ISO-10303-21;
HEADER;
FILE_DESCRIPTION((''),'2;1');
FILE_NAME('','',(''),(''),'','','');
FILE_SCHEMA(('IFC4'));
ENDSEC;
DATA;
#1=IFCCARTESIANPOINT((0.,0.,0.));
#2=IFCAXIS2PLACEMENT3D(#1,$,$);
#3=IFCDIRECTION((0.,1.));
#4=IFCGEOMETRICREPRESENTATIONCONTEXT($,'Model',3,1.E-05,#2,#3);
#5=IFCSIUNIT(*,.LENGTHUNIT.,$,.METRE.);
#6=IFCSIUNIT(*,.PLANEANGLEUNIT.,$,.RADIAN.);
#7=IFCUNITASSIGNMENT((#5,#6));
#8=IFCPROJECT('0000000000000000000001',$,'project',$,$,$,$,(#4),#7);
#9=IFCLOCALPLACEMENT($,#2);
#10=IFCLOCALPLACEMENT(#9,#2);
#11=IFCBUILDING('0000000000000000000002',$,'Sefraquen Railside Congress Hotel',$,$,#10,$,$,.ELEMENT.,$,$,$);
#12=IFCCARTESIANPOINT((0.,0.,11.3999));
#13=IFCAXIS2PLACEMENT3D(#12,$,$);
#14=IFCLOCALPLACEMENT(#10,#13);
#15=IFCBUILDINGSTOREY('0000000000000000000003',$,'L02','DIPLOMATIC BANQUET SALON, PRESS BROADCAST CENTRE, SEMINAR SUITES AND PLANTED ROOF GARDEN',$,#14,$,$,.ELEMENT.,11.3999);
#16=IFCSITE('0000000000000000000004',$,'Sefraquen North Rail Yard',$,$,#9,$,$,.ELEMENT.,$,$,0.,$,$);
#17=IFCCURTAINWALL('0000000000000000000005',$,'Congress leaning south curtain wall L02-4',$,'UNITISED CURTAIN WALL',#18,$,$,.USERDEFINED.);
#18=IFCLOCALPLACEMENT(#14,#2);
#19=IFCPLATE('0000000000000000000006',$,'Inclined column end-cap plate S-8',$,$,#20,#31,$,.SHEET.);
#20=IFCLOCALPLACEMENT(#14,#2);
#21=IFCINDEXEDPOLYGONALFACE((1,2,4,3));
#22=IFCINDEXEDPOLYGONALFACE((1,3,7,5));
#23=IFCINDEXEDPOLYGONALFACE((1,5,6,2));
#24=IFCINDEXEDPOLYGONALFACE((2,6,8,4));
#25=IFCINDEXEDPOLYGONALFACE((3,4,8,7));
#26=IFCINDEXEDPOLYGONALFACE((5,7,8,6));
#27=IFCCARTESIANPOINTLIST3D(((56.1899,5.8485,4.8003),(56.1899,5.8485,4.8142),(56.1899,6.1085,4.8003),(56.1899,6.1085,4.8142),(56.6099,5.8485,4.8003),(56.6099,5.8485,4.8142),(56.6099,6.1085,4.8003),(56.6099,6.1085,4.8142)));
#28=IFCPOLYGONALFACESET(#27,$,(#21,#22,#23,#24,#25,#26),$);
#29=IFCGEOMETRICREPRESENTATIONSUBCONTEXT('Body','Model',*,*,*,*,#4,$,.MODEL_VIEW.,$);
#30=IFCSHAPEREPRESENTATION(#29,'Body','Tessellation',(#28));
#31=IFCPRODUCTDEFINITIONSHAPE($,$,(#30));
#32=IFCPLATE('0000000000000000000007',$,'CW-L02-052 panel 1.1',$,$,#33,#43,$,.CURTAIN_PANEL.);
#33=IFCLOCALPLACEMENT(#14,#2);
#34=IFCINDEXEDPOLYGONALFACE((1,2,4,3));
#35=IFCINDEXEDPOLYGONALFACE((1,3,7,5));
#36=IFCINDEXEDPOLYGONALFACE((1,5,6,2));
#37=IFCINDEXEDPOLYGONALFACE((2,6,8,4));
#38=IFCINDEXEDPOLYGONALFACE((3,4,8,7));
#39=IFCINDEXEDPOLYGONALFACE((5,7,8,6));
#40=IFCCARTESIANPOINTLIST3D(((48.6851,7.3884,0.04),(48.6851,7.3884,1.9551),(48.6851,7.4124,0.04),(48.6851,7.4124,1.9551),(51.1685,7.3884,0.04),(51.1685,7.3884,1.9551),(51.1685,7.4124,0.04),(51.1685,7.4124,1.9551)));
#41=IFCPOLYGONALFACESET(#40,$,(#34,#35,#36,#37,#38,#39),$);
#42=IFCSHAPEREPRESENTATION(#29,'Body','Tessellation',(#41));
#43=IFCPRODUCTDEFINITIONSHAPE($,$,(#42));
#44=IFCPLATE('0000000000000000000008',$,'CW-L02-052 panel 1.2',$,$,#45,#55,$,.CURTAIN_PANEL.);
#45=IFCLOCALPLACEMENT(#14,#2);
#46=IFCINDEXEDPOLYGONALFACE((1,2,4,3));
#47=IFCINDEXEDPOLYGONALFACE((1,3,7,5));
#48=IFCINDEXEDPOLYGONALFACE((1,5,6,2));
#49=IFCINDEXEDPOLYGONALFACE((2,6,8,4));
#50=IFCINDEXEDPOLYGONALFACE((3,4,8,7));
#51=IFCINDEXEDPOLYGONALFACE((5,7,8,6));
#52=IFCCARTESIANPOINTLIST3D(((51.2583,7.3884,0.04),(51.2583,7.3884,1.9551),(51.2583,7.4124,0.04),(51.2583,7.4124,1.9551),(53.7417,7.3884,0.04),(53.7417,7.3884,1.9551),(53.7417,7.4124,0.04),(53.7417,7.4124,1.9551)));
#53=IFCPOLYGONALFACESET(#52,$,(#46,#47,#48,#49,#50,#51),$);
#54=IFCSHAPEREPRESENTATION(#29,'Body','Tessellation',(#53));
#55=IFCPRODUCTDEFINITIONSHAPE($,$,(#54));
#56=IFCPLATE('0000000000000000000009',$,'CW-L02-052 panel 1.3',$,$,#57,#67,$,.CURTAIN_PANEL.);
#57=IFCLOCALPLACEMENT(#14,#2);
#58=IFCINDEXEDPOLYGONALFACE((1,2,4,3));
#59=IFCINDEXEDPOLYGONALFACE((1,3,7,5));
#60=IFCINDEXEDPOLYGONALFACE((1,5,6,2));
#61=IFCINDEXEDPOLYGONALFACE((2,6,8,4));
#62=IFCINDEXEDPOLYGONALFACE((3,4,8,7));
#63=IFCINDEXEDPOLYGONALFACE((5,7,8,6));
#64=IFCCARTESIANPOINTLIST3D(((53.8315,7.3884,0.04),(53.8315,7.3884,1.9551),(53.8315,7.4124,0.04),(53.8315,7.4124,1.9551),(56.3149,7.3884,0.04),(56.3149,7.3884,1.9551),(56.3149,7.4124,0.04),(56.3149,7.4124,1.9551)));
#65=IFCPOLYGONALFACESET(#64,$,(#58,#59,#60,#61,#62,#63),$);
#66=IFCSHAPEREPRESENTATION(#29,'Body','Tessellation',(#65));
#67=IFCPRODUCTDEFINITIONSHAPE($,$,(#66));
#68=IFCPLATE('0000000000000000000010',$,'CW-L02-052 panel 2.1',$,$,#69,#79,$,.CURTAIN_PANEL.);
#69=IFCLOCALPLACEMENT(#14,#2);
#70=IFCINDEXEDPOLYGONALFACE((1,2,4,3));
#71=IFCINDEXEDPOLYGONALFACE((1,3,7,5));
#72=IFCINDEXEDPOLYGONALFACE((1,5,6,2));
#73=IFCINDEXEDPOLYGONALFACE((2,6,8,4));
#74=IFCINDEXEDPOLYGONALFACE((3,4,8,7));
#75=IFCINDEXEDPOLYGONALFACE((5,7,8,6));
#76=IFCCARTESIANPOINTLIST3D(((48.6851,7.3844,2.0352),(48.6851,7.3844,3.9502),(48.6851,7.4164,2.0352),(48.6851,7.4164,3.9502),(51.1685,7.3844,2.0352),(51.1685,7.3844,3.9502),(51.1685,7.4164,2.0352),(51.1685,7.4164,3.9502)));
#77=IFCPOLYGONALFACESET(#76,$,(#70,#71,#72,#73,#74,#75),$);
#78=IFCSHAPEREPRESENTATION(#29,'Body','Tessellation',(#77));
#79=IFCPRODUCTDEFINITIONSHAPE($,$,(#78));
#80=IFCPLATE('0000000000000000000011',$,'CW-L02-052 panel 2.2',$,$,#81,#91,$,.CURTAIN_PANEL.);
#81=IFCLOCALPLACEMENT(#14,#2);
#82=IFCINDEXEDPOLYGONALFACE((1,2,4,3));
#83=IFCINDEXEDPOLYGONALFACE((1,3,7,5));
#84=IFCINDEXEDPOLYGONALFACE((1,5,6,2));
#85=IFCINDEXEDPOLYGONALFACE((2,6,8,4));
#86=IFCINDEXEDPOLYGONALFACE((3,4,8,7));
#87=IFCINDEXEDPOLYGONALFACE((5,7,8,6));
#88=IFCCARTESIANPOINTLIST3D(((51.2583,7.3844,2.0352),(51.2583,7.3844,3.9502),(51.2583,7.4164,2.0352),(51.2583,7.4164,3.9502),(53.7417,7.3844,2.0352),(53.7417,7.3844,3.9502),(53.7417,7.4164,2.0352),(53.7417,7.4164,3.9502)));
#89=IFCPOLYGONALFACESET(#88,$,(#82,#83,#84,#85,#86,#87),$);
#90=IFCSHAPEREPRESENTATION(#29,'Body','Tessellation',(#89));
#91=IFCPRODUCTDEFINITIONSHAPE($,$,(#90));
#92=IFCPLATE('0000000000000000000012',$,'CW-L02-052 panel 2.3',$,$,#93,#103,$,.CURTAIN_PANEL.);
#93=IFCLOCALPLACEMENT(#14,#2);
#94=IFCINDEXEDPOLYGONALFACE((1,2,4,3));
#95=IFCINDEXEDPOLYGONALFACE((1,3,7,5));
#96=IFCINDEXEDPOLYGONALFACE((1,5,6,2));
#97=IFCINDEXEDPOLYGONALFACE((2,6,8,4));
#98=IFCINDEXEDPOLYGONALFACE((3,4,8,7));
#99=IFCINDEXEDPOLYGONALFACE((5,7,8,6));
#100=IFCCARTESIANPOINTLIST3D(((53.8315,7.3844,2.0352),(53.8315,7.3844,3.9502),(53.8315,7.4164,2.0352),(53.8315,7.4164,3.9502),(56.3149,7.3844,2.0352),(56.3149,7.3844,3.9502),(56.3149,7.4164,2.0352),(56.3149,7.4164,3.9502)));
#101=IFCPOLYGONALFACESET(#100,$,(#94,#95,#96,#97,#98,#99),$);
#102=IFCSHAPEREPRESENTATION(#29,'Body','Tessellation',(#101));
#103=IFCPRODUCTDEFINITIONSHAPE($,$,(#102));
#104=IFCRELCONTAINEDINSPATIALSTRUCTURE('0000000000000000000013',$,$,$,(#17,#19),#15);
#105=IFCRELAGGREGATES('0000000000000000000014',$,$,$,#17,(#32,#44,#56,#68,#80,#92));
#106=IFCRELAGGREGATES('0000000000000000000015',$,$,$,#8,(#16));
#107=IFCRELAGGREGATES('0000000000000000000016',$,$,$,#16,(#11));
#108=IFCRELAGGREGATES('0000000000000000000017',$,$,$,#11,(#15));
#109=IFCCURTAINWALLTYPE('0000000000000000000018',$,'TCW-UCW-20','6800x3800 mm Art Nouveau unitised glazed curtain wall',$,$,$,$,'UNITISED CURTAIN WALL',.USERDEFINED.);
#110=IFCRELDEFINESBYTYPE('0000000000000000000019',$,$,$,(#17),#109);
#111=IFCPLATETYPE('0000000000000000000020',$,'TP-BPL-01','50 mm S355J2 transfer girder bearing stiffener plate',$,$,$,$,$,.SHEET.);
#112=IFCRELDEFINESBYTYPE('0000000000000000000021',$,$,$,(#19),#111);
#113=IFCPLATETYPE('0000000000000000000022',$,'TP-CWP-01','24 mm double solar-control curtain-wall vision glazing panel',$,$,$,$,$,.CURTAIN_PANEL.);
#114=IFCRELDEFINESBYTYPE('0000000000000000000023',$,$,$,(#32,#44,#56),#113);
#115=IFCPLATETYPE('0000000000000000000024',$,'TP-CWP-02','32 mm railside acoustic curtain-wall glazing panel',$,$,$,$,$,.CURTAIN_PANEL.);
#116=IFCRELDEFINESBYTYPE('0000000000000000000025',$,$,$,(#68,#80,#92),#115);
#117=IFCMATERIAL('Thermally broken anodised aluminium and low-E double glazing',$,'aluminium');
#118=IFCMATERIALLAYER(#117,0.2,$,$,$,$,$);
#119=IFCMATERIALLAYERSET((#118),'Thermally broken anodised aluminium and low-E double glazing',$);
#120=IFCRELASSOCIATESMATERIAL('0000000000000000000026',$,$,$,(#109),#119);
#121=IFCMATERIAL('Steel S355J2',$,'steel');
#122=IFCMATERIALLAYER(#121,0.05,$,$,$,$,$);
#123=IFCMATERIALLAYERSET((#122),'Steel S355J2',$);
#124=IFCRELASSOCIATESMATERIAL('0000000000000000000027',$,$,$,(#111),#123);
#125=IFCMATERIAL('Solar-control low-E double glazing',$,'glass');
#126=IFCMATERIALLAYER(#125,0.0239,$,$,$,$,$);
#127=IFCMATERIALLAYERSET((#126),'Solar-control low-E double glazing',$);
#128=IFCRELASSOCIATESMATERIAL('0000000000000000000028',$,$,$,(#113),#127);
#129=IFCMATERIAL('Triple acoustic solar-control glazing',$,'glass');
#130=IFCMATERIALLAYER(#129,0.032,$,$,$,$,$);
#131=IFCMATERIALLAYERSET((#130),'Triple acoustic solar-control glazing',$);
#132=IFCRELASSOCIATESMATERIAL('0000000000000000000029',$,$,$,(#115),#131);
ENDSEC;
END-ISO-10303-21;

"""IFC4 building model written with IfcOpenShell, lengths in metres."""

from ifc_helpers import new_model, si_unit, direction, frame, origin, origin_2d, place, context, subcontext, project, spatial, rectangle, extrude, material, layer, layer_set, type_object, element, aggregate, save


model = new_model("IFC4")

# Units and contexts
model_context = context("Model", 3, precision=1e-05, world=origin(), true_north=direction((0.0, 1.0)))
body_context = subcontext(model_context, "Body", "Model", "MODEL_VIEW")
ifc_project = project(units=[si_unit("LENGTHUNIT", "METRE"), si_unit("PLANEANGLEUNIT", "RADIAN")], contexts=[model_context])

# Site, building, storey
site_placement = place(None, origin())
site = spatial("IfcSite", under=ifc_project, at=site_placement, Name="Sefraquen North Rail Yard", CompositionType="ELEMENT", RefElevation=0.0)
building_placement = place(site_placement, origin())
building = spatial("IfcBuilding", under=site, at=building_placement, Name="Sefraquen Railside Congress Hotel", CompositionType="ELEMENT")
storey_placement = place(building_placement, frame((0.0, 0.0, 11.3999)))
storey = spatial("IfcBuildingStorey", under=building, at=storey_placement, Name="L02", Description="DIPLOMATIC BANQUET SALON, PRESS BROADCAST CENTRE, SEMINAR SUITES AND PLANTED ROOF GARDEN", CompositionType="ELEMENT", Elevation=11.3999)

# Shared definitions
ifc_material_1 = material(Name="Steel S355J2", Category="steel")

# Curtain wall
ifc_material_2 = material(Name="Thermally broken anodised aluminium and low-E double glazing", Category="aluminium")
ifc_layer_1 = layer(ifc_material_2, 0.2)
ifc_layer_set_1 = layer_set([ifc_layer_1], Name="Thermally broken anodised aluminium and low-E double glazing")
curtain_wall_type_1 = type_object("IfcCurtainWallType", Name="TCW-UCW-20", Description="6800x3800 mm Art Nouveau unitised glazed curtain wall", ElementType="UNITISED CURTAIN WALL", PredefinedType="USERDEFINED", material=ifc_layer_set_1)
curtain_wall_1_placement = place(storey_placement, origin())
curtain_wall_1 = element("IfcCurtainWall", 1, at=curtain_wall_1_placement, inside=storey, type_object=curtain_wall_type_1, Name="Congress leaning south curtain wall L02-4", ObjectType="UNITISED CURTAIN WALL", PredefinedType="USERDEFINED")

# Plate
ifc_layer_2 = layer(ifc_material_1, 0.05)
ifc_layer_set_2 = layer_set([ifc_layer_2], Name="Steel S355J2")
plate_type_1 = type_object("IfcPlateType", Name="TP-BPL-01", Description="50 mm S355J2 transfer girder bearing stiffener plate", PredefinedType="SHEET", material=ifc_layer_set_2)
for number, where, z_axis, x_axis, name in (
    (2, (56.3999, 5.9785, 4.8003), (0.0, 0.0, 1.0), (1.0, 0.0, 0.0), "Inclined column end-cap plate S-8"),
):
    element("IfcPlate", number, at=place(storey_placement, frame(where, z_axis=z_axis, x_axis=x_axis)), inside=storey, type_object=plate_type_1, Name=name, PredefinedType="SHEET", context=body_context, shape_type="SweptSolid", body=[
        extrude(rectangle(XDim=0.4199, YDim=0.26, at=origin_2d()), origin(), (0.0, 0.0, 1.0), 0.0139),
    ])

# Plates
ifc_material_3 = material(Name="Solar-control low-E double glazing", Category="glass")
ifc_layer_3 = layer(ifc_material_3, 0.0239)
ifc_layer_set_3 = layer_set([ifc_layer_3], Name="Solar-control low-E double glazing")
plate_type_2 = type_object("IfcPlateType", Name="TP-CWP-01", Description="24 mm double solar-control curtain-wall vision glazing panel", PredefinedType="CURTAIN_PANEL", material=ifc_layer_set_3)
plate_1_placement = place(storey_placement, frame((49.9268, 7.4004, 0.04), z_axis=(0.0, 0.0, 1.0), x_axis=(1.0, 0.0, 0.0)))
plate_1 = element("IfcPlate", 3, at=plate_1_placement, type_object=plate_type_2, Name="CW-L02-052 panel 1.1", PredefinedType="CURTAIN_PANEL", context=body_context, shape_type="SweptSolid", body=[
    extrude(rectangle(XDim=2.4834, YDim=0.0239, at=origin_2d()), origin(), (0.0, 0.0, 1.0), 1.915),
])
plate_2_placement = place(storey_placement, frame((52.5, 7.4004, 0.04), z_axis=(0.0, 0.0, 1.0), x_axis=(1.0, 0.0, 0.0)))
plate_2 = element("IfcPlate", 4, at=plate_2_placement, type_object=plate_type_2, Name="CW-L02-052 panel 1.2", PredefinedType="CURTAIN_PANEL", context=body_context, shape_type="SweptSolid", body=[
    extrude(rectangle(XDim=2.4834, YDim=0.0239, at=origin_2d()), origin(), (0.0, 0.0, 1.0), 1.915),
])
plate_3_placement = place(storey_placement, frame((55.0732, 7.4004, 0.04), z_axis=(0.0, 0.0, 1.0), x_axis=(1.0, 0.0, 0.0)))
plate_3 = element("IfcPlate", 5, at=plate_3_placement, type_object=plate_type_2, Name="CW-L02-052 panel 1.3", PredefinedType="CURTAIN_PANEL", context=body_context, shape_type="SweptSolid", body=[
    extrude(rectangle(XDim=2.4834, YDim=0.0239, at=origin_2d()), origin(), (0.0, 0.0, 1.0), 1.915),
])
ifc_material_4 = material(Name="Triple acoustic solar-control glazing", Category="glass")
ifc_layer_4 = layer(ifc_material_4, 0.032)
ifc_layer_set_4 = layer_set([ifc_layer_4], Name="Triple acoustic solar-control glazing")
plate_type_3 = type_object("IfcPlateType", Name="TP-CWP-02", Description="32 mm railside acoustic curtain-wall glazing panel", PredefinedType="CURTAIN_PANEL", material=ifc_layer_set_4)
plate_4_placement = place(storey_placement, frame((49.9268, 7.4004, 2.0352), z_axis=(0.0, 0.0, 1.0), x_axis=(1.0, 0.0, 0.0)))
plate_4 = element("IfcPlate", 6, at=plate_4_placement, type_object=plate_type_3, Name="CW-L02-052 panel 2.1", PredefinedType="CURTAIN_PANEL", context=body_context, shape_type="SweptSolid", body=[
    extrude(rectangle(XDim=2.4834, YDim=0.032, at=origin_2d()), origin(), (0.0, 0.0, 1.0), 1.915),
])
plate_5_placement = place(storey_placement, frame((52.5, 7.4004, 2.0352), z_axis=(0.0, 0.0, 1.0), x_axis=(1.0, 0.0, 0.0)))
plate_5 = element("IfcPlate", 7, at=plate_5_placement, type_object=plate_type_3, Name="CW-L02-052 panel 2.2", PredefinedType="CURTAIN_PANEL", context=body_context, shape_type="SweptSolid", body=[
    extrude(rectangle(XDim=2.4834, YDim=0.032, at=origin_2d()), origin(), (0.0, 0.0, 1.0), 1.915),
])
plate_6_placement = place(storey_placement, frame((55.0732, 7.4004, 2.0352), z_axis=(0.0, 0.0, 1.0), x_axis=(1.0, 0.0, 0.0)))
plate_6 = element("IfcPlate", 8, at=plate_6_placement, type_object=plate_type_3, Name="CW-L02-052 panel 2.3", PredefinedType="CURTAIN_PANEL", context=body_context, shape_type="SweptSolid", body=[
    extrude(rectangle(XDim=2.4834, YDim=0.032, at=origin_2d()), origin(), (0.0, 0.0, 1.0), 1.915),
])
aggregate(curtain_wall_1, [plate_1, plate_2, plate_3, plate_4, plate_5, plate_6])

save(model, "model.ifc")
